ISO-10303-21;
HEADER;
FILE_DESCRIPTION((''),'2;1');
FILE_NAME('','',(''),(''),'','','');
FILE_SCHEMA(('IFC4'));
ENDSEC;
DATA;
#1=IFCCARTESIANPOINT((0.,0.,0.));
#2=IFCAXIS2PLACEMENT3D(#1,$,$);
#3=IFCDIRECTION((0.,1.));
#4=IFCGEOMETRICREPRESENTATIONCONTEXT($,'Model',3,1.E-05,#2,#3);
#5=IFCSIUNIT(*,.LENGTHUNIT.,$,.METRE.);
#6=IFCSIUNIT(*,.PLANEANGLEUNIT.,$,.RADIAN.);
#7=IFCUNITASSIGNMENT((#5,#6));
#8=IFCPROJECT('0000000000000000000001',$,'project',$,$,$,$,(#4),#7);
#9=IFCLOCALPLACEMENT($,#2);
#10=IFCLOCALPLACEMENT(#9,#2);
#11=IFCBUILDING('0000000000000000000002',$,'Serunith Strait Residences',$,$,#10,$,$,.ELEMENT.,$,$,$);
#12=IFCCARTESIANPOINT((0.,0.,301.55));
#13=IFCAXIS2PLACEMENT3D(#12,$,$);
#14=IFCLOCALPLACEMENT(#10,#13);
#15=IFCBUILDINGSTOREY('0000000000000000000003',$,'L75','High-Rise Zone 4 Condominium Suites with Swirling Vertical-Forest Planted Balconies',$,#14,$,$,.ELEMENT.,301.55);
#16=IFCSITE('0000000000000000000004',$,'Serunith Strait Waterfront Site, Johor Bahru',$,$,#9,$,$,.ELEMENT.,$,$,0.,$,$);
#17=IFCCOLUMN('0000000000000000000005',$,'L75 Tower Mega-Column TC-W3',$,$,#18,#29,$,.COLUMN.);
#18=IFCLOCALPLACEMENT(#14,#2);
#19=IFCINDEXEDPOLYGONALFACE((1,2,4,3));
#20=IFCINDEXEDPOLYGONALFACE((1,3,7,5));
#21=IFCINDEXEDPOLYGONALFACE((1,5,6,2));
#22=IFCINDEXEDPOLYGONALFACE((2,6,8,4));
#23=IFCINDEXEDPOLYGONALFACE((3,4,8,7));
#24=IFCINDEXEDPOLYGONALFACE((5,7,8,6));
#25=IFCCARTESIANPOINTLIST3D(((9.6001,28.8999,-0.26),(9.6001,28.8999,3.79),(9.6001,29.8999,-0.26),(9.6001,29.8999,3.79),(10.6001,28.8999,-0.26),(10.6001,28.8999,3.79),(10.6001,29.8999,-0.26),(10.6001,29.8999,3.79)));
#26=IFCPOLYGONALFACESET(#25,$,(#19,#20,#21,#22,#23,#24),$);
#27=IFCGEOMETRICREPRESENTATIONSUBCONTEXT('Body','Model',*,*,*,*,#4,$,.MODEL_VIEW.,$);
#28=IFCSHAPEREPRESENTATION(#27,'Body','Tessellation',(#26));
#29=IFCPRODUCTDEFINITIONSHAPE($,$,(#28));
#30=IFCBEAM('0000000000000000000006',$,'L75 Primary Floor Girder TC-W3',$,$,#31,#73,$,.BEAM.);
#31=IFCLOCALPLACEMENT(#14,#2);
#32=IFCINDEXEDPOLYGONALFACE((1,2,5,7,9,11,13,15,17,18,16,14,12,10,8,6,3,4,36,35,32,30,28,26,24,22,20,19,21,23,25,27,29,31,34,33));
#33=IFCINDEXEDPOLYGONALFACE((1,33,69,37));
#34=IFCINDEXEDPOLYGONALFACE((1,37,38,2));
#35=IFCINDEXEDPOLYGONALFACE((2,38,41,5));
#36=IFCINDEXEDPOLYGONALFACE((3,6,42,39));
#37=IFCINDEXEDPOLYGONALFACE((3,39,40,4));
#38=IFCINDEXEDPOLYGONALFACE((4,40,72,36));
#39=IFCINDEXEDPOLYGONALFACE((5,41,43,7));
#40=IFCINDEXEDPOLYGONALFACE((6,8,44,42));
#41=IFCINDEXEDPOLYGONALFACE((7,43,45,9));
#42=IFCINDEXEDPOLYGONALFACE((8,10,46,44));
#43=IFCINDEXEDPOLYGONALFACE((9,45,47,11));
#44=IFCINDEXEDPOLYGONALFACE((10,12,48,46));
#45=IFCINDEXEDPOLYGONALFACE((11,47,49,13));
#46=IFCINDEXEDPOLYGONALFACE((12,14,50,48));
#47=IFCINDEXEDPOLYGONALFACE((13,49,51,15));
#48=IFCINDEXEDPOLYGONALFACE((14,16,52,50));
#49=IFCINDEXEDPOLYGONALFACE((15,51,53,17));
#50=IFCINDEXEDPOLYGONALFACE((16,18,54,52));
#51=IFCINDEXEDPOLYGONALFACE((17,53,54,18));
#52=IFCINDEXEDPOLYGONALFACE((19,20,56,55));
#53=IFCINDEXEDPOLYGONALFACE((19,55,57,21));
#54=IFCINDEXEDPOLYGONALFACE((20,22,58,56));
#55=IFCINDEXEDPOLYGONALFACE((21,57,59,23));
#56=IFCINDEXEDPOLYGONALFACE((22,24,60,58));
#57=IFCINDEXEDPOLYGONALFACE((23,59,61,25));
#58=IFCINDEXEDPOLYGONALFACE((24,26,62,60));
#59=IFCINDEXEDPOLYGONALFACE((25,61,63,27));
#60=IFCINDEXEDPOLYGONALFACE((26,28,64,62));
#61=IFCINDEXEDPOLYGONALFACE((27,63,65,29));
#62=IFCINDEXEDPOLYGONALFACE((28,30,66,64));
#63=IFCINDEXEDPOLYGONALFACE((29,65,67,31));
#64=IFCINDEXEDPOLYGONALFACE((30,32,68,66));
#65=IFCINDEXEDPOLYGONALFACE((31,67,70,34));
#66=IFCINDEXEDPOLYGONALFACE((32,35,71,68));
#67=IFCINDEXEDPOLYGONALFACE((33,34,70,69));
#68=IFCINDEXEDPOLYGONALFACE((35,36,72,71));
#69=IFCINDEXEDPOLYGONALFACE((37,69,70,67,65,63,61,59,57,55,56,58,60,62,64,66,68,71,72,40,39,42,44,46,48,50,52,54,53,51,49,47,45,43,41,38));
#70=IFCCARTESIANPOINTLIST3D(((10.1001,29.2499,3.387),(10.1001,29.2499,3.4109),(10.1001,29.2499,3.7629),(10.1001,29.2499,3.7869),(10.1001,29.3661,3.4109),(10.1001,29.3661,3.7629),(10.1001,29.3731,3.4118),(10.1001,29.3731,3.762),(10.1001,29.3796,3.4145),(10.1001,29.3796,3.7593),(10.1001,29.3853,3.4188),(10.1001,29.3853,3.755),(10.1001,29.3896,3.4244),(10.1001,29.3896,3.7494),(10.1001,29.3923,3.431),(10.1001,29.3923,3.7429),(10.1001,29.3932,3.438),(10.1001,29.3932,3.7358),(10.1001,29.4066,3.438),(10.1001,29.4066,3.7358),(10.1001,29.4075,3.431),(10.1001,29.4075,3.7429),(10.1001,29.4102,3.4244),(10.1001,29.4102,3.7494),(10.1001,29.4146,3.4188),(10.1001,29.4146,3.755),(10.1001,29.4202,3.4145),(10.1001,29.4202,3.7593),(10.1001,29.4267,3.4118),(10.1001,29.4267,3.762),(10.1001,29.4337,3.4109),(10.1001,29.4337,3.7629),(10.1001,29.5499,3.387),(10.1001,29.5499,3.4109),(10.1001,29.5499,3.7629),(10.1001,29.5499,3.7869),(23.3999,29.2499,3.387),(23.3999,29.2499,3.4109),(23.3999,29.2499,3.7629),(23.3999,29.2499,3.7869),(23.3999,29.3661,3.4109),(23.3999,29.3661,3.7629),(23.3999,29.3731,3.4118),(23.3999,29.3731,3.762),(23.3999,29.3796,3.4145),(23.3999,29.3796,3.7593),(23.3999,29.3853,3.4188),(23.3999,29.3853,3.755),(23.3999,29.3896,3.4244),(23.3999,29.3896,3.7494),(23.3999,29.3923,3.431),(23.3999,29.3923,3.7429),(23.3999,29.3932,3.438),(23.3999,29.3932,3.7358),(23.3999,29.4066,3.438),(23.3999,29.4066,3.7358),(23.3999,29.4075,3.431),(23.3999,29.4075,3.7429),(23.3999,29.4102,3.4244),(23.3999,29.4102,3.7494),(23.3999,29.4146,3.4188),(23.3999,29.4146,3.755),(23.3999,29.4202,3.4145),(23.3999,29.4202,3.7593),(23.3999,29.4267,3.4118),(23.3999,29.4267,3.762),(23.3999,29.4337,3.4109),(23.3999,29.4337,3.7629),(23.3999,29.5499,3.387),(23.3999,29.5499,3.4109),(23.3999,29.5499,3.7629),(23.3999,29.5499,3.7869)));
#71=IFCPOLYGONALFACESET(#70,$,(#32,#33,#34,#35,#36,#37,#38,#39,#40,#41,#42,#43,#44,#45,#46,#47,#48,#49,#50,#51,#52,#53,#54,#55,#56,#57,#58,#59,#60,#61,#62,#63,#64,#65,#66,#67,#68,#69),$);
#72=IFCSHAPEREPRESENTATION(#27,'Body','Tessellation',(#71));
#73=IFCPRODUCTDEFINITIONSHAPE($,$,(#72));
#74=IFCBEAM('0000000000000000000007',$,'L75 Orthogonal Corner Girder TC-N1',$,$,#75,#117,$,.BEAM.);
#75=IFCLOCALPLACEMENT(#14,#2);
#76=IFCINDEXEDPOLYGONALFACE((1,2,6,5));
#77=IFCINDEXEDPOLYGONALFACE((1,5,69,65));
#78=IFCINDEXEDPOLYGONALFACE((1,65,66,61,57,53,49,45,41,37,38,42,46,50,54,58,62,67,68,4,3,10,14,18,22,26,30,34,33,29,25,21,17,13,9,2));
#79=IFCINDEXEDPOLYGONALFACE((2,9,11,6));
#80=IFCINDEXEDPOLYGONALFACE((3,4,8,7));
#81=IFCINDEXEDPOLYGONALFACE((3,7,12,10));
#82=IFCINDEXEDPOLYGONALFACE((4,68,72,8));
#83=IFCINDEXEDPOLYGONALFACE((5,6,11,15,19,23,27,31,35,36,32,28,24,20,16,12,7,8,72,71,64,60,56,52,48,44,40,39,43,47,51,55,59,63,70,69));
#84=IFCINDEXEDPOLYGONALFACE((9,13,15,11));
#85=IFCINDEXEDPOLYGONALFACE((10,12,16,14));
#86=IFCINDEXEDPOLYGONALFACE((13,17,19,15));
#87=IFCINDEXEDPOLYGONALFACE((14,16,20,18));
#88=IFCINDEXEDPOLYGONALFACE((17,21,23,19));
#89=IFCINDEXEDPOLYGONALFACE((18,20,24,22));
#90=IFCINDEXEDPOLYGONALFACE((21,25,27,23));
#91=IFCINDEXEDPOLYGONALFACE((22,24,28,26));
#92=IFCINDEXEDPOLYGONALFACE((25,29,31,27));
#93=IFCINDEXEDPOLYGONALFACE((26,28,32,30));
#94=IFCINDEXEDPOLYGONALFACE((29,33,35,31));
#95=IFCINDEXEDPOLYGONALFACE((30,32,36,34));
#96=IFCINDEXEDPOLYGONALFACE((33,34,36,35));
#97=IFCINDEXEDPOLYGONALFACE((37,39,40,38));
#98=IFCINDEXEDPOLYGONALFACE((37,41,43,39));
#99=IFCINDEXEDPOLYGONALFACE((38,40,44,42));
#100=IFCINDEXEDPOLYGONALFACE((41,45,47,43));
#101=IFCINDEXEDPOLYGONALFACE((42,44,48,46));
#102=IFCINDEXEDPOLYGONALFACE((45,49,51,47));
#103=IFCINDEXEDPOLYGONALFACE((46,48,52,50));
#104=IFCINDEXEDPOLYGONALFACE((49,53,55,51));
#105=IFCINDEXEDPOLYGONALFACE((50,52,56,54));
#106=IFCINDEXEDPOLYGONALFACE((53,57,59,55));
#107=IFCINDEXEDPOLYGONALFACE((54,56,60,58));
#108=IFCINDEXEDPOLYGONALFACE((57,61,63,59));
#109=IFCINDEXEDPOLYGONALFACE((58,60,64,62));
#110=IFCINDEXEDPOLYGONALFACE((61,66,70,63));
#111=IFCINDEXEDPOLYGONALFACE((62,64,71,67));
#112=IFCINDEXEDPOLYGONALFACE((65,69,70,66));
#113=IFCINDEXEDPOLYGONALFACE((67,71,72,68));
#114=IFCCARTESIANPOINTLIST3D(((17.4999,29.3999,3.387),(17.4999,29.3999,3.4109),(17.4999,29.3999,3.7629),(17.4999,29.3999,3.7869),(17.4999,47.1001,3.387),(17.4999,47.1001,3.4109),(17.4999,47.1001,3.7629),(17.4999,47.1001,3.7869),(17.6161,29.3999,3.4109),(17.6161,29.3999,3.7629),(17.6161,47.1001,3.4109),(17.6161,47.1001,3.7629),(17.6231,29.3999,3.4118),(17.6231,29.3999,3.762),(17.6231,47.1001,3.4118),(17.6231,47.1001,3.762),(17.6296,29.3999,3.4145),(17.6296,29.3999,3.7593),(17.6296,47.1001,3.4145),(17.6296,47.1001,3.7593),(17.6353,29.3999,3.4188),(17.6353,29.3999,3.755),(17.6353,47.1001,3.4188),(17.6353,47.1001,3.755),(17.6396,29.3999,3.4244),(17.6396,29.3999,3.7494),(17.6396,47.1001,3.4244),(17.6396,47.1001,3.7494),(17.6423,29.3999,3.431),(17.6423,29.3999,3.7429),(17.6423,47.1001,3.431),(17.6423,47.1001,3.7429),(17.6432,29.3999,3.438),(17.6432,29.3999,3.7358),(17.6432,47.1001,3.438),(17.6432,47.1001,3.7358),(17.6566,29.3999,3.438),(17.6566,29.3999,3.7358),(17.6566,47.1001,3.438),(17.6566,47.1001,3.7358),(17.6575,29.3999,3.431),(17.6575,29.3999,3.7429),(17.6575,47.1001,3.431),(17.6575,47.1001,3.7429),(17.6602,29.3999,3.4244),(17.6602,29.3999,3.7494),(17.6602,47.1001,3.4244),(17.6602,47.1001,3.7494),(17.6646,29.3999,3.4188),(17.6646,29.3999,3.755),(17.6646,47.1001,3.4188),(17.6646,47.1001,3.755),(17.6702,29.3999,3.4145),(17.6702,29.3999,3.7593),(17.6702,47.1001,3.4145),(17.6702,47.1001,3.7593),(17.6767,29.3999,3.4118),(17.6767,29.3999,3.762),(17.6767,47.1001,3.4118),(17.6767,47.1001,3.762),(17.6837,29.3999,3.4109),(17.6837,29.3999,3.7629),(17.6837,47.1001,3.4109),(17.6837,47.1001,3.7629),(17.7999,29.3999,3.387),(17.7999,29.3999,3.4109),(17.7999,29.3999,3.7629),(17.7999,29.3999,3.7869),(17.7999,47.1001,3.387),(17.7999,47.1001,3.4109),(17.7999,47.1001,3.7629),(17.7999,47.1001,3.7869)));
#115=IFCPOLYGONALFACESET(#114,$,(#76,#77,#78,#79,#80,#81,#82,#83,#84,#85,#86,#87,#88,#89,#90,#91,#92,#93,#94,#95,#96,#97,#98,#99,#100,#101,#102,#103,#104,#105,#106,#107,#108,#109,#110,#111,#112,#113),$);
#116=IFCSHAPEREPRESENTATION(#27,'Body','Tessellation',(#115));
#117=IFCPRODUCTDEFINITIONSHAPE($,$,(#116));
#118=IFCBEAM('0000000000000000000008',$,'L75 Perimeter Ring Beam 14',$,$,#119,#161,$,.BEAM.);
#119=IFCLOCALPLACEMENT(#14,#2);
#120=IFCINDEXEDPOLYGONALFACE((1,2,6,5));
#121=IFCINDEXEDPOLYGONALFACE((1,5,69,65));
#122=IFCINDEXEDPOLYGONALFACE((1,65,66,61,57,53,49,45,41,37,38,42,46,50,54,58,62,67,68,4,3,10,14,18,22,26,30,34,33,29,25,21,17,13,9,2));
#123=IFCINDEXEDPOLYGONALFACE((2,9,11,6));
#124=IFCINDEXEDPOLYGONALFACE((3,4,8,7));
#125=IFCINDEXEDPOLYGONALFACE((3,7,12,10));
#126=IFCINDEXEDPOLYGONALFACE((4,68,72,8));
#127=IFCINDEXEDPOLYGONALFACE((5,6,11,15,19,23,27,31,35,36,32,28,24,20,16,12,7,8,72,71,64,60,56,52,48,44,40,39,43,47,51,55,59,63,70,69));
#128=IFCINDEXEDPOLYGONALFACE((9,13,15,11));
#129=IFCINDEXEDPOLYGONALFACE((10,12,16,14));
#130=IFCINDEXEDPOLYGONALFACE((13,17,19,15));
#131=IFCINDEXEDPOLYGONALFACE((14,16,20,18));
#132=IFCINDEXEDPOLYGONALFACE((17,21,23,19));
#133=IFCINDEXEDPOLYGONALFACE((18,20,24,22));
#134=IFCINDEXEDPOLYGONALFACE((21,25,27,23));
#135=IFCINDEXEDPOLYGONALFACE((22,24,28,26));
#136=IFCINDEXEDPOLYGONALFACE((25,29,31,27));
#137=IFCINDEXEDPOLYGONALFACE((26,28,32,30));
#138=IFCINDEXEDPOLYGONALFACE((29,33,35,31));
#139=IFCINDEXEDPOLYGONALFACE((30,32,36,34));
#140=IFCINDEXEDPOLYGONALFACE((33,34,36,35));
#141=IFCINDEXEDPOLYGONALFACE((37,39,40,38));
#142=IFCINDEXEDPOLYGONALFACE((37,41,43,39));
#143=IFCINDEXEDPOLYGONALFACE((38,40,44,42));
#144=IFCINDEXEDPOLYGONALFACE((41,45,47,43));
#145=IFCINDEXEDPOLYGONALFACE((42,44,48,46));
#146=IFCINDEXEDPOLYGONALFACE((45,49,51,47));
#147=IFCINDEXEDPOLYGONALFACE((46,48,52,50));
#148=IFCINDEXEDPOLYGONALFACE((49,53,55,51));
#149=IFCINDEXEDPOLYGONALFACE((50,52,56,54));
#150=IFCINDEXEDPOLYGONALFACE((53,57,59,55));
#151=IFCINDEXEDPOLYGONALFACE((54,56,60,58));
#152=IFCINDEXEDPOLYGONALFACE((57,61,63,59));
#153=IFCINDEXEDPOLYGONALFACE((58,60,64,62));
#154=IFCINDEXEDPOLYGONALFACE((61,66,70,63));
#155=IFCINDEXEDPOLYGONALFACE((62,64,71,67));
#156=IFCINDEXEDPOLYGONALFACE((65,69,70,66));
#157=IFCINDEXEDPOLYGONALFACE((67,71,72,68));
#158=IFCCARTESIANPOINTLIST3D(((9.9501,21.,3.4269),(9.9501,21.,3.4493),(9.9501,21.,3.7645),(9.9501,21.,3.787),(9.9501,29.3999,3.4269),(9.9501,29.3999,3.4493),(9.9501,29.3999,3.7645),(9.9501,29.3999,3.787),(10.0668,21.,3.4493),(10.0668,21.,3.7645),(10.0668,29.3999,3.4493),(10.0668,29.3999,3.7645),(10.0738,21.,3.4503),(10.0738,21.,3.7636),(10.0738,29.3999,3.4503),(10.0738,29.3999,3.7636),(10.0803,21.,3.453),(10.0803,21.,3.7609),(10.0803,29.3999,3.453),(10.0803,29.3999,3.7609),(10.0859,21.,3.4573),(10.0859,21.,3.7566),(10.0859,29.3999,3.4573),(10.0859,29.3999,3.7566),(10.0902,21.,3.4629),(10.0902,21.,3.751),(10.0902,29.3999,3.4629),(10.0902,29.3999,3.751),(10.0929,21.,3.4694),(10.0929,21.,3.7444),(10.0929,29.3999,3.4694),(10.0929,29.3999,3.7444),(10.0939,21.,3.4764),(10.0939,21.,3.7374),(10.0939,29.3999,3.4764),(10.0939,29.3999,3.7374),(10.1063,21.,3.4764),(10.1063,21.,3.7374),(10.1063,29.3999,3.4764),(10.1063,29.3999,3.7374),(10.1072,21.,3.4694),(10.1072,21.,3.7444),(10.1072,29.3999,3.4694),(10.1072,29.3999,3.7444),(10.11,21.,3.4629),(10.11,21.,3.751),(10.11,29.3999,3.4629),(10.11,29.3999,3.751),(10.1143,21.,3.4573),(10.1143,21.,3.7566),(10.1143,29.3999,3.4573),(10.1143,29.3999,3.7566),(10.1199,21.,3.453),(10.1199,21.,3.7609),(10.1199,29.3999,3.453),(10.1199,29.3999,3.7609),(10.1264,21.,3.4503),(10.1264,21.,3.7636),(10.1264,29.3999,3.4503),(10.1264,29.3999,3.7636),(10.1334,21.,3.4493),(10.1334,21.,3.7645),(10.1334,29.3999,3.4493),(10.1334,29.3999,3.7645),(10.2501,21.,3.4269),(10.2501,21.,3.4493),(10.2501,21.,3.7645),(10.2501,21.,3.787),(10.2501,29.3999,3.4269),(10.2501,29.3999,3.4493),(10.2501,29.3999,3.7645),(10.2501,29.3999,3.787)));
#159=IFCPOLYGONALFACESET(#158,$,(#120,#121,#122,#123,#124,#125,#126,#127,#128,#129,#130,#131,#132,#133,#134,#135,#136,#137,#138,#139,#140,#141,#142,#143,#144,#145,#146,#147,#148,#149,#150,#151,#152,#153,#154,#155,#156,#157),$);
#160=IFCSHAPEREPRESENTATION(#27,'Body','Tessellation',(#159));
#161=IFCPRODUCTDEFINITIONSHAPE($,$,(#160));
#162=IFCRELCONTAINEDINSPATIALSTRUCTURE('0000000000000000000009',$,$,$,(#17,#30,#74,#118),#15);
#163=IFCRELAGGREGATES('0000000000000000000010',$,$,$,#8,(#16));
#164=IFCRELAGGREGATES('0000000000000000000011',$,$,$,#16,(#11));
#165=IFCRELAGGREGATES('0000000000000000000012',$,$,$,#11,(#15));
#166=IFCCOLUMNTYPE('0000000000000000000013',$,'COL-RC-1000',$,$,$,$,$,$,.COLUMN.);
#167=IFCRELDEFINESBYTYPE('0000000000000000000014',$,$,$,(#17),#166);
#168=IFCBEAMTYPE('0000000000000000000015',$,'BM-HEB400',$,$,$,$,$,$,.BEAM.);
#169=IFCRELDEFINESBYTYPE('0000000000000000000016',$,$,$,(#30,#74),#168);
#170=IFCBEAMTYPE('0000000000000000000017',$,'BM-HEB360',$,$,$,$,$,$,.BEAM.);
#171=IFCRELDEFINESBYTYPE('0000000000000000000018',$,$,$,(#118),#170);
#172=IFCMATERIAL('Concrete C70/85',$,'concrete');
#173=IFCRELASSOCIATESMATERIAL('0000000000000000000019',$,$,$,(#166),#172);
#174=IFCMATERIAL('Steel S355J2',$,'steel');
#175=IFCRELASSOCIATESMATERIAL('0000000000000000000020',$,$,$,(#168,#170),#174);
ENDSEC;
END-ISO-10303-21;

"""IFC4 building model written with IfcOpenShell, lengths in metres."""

from ifc_helpers import new_model, si_unit, direction, frame, origin, origin_2d, place, context, subcontext, project, spatial, rectangle, i_section, extrude, source, transform, mapped, material, material_profile, profile_set, type_object, element, save


model = new_model("IFC4")

# Units and contexts
model_context = context("Model", 3, precision=1e-05, world=origin(), true_north=direction((0.0, 1.0)))
body_context = subcontext(model_context, "Body", "Model", "MODEL_VIEW")
ifc_project = project(units=[si_unit("LENGTHUNIT", "METRE"), si_unit("PLANEANGLEUNIT", "RADIAN")], contexts=[model_context])

# Site, building, storey
site_placement = place(None, origin())
site = spatial("IfcSite", under=ifc_project, at=site_placement, Name="Serunith Strait Waterfront Site, Johor Bahru", CompositionType="ELEMENT", RefElevation=0.0)
building_placement = place(site_placement, origin())
building = spatial("IfcBuilding", under=site, at=building_placement, Name="Serunith Strait Residences", CompositionType="ELEMENT")
storey_placement = place(building_placement, frame((0.0, 0.0, 301.55)))
storey = spatial("IfcBuildingStorey", under=building, at=storey_placement, Name="L75", Description="High-Rise Zone 4 Condominium Suites with Swirling Vertical-Forest Planted Balconies", CompositionType="ELEMENT", Elevation=301.55)

# Column
ifc_material_1 = material(Name="Concrete C70/85", Category="concrete")
ifc_material_profile_1 = material_profile(ifc_material_1, rectangle(XDim=1.0, YDim=1.0, at=origin_2d()), Name="RC 1000x1000")
ifc_profile_set_1 = profile_set([ifc_material_profile_1], Name="Concrete C70/85")
column_type = type_object("IfcColumnType", Name="COL-RC-1000", PredefinedType="COLUMN", material=ifc_profile_set_1)
shared_shape_1 = source(origin(), body_context, "Body", "SweptSolid", [
    extrude(rectangle(XDim=1.0, YDim=1.0, at=origin_2d()), origin(), (0.0, 0.0, 1.0), 4.05),
])
column_placement = place(storey_placement, frame((10.1001, 29.3999, -0.26), z_axis=(0.0, 0.0, 1.0), x_axis=(1.0, 0.0, 0.0)))
element("IfcColumn", 1, at=column_placement, inside=storey, type_object=column_type, Name="L75 Tower Mega-Column TC-W3", PredefinedType="COLUMN", context=body_context, shape_type="MappedRepresentation", body=[
    mapped(shared_shape_1, transform((0.0, 0.0, 0.0), scale=1.0)),
])

# Beams
ifc_material_2 = material(Name="Steel S355J2", Category="steel")
ifc_material_profile_2 = material_profile(ifc_material_2, i_section(OverallWidth=0.3, OverallDepth=0.3999, WebThickness=0.0134, FlangeThickness=0.0239, FilletRadius=0.0271, at=origin_2d()), Name="HEB 400")
ifc_profile_set_2 = profile_set([ifc_material_profile_2], Name="Steel S355J2")
beam_type_1 = type_object("IfcBeamType", Name="BM-HEB400", PredefinedType="BEAM", material=ifc_profile_set_2)
shared_shape_2 = source(origin(), body_context, "Body", "SweptSolid", [
    extrude(i_section(OverallWidth=0.3, OverallDepth=0.3999, WebThickness=0.0134, FlangeThickness=0.0239, FilletRadius=0.0271, at=origin_2d()), origin(), (0.0, 0.0, 1.0), 13.2998),
])
beam_1_placement = place(storey_placement, frame((23.3999, 29.3999, 3.5869), z_axis=(-1.0, 0.0, 0.0), x_axis=(0.0, -1.0, 0.0)))
element("IfcBeam", 2, at=beam_1_placement, inside=storey, type_object=beam_type_1, Name="L75 Primary Floor Girder TC-W3", PredefinedType="BEAM", context=body_context, shape_type="MappedRepresentation", body=[
    mapped(shared_shape_2, transform((0.0, 0.0, 0.0), scale=1.0)),
])
shared_shape_3 = source(origin(), body_context, "Body", "SweptSolid", [
    extrude(i_section(OverallWidth=0.3, OverallDepth=0.3999, WebThickness=0.0134, FlangeThickness=0.0239, FilletRadius=0.0271, at=origin_2d()), origin(), (0.0, 0.0, 1.0), 17.7002),
])
beam_2_placement = place(storey_placement, frame((17.6499, 29.3999, 3.5869), z_axis=(0.0, 1.0, 0.0), x_axis=(-1.0, 0.0, 0.0)))
element("IfcBeam", 3, at=beam_2_placement, inside=storey, type_object=beam_type_1, Name="L75 Orthogonal Corner Girder TC-N1", PredefinedType="BEAM", context=body_context, shape_type="MappedRepresentation", body=[
    mapped(shared_shape_3, transform((0.0, 0.0, 0.0), scale=1.0)),
])
ifc_material_profile_3 = material_profile(ifc_material_2, i_section(OverallWidth=0.3, OverallDepth=0.3601, WebThickness=0.0125, FlangeThickness=0.0225, FilletRadius=0.0271, at=origin_2d()), Name="HEB 360")
ifc_profile_set_3 = profile_set([ifc_material_profile_3], Name="Steel S355J2")
beam_type_2 = type_object("IfcBeamType", Name="BM-HEB360", PredefinedType="BEAM", material=ifc_profile_set_3)
shared_shape_4 = source(origin(), body_context, "Body", "SweptSolid", [
    extrude(i_section(OverallWidth=0.3, OverallDepth=0.3601, WebThickness=0.0125, FlangeThickness=0.0225, FilletRadius=0.0271, at=origin_2d()), origin(), (0.0, 0.0, 1.0), 8.3999),
])
beam_3_placement = place(storey_placement, frame((10.1001, 29.3999, 3.6069), z_axis=(0.0, -1.0, 0.0), x_axis=(1.0, 0.0, 0.0)))
element("IfcBeam", 4, at=beam_3_placement, inside=storey, type_object=beam_type_2, Name="L75 Perimeter Ring Beam 14", PredefinedType="BEAM", context=body_context, shape_type="MappedRepresentation", body=[
    mapped(shared_shape_4, transform((0.0, 0.0, 0.0), scale=1.0)),
])

save(model, "model.ifc")
